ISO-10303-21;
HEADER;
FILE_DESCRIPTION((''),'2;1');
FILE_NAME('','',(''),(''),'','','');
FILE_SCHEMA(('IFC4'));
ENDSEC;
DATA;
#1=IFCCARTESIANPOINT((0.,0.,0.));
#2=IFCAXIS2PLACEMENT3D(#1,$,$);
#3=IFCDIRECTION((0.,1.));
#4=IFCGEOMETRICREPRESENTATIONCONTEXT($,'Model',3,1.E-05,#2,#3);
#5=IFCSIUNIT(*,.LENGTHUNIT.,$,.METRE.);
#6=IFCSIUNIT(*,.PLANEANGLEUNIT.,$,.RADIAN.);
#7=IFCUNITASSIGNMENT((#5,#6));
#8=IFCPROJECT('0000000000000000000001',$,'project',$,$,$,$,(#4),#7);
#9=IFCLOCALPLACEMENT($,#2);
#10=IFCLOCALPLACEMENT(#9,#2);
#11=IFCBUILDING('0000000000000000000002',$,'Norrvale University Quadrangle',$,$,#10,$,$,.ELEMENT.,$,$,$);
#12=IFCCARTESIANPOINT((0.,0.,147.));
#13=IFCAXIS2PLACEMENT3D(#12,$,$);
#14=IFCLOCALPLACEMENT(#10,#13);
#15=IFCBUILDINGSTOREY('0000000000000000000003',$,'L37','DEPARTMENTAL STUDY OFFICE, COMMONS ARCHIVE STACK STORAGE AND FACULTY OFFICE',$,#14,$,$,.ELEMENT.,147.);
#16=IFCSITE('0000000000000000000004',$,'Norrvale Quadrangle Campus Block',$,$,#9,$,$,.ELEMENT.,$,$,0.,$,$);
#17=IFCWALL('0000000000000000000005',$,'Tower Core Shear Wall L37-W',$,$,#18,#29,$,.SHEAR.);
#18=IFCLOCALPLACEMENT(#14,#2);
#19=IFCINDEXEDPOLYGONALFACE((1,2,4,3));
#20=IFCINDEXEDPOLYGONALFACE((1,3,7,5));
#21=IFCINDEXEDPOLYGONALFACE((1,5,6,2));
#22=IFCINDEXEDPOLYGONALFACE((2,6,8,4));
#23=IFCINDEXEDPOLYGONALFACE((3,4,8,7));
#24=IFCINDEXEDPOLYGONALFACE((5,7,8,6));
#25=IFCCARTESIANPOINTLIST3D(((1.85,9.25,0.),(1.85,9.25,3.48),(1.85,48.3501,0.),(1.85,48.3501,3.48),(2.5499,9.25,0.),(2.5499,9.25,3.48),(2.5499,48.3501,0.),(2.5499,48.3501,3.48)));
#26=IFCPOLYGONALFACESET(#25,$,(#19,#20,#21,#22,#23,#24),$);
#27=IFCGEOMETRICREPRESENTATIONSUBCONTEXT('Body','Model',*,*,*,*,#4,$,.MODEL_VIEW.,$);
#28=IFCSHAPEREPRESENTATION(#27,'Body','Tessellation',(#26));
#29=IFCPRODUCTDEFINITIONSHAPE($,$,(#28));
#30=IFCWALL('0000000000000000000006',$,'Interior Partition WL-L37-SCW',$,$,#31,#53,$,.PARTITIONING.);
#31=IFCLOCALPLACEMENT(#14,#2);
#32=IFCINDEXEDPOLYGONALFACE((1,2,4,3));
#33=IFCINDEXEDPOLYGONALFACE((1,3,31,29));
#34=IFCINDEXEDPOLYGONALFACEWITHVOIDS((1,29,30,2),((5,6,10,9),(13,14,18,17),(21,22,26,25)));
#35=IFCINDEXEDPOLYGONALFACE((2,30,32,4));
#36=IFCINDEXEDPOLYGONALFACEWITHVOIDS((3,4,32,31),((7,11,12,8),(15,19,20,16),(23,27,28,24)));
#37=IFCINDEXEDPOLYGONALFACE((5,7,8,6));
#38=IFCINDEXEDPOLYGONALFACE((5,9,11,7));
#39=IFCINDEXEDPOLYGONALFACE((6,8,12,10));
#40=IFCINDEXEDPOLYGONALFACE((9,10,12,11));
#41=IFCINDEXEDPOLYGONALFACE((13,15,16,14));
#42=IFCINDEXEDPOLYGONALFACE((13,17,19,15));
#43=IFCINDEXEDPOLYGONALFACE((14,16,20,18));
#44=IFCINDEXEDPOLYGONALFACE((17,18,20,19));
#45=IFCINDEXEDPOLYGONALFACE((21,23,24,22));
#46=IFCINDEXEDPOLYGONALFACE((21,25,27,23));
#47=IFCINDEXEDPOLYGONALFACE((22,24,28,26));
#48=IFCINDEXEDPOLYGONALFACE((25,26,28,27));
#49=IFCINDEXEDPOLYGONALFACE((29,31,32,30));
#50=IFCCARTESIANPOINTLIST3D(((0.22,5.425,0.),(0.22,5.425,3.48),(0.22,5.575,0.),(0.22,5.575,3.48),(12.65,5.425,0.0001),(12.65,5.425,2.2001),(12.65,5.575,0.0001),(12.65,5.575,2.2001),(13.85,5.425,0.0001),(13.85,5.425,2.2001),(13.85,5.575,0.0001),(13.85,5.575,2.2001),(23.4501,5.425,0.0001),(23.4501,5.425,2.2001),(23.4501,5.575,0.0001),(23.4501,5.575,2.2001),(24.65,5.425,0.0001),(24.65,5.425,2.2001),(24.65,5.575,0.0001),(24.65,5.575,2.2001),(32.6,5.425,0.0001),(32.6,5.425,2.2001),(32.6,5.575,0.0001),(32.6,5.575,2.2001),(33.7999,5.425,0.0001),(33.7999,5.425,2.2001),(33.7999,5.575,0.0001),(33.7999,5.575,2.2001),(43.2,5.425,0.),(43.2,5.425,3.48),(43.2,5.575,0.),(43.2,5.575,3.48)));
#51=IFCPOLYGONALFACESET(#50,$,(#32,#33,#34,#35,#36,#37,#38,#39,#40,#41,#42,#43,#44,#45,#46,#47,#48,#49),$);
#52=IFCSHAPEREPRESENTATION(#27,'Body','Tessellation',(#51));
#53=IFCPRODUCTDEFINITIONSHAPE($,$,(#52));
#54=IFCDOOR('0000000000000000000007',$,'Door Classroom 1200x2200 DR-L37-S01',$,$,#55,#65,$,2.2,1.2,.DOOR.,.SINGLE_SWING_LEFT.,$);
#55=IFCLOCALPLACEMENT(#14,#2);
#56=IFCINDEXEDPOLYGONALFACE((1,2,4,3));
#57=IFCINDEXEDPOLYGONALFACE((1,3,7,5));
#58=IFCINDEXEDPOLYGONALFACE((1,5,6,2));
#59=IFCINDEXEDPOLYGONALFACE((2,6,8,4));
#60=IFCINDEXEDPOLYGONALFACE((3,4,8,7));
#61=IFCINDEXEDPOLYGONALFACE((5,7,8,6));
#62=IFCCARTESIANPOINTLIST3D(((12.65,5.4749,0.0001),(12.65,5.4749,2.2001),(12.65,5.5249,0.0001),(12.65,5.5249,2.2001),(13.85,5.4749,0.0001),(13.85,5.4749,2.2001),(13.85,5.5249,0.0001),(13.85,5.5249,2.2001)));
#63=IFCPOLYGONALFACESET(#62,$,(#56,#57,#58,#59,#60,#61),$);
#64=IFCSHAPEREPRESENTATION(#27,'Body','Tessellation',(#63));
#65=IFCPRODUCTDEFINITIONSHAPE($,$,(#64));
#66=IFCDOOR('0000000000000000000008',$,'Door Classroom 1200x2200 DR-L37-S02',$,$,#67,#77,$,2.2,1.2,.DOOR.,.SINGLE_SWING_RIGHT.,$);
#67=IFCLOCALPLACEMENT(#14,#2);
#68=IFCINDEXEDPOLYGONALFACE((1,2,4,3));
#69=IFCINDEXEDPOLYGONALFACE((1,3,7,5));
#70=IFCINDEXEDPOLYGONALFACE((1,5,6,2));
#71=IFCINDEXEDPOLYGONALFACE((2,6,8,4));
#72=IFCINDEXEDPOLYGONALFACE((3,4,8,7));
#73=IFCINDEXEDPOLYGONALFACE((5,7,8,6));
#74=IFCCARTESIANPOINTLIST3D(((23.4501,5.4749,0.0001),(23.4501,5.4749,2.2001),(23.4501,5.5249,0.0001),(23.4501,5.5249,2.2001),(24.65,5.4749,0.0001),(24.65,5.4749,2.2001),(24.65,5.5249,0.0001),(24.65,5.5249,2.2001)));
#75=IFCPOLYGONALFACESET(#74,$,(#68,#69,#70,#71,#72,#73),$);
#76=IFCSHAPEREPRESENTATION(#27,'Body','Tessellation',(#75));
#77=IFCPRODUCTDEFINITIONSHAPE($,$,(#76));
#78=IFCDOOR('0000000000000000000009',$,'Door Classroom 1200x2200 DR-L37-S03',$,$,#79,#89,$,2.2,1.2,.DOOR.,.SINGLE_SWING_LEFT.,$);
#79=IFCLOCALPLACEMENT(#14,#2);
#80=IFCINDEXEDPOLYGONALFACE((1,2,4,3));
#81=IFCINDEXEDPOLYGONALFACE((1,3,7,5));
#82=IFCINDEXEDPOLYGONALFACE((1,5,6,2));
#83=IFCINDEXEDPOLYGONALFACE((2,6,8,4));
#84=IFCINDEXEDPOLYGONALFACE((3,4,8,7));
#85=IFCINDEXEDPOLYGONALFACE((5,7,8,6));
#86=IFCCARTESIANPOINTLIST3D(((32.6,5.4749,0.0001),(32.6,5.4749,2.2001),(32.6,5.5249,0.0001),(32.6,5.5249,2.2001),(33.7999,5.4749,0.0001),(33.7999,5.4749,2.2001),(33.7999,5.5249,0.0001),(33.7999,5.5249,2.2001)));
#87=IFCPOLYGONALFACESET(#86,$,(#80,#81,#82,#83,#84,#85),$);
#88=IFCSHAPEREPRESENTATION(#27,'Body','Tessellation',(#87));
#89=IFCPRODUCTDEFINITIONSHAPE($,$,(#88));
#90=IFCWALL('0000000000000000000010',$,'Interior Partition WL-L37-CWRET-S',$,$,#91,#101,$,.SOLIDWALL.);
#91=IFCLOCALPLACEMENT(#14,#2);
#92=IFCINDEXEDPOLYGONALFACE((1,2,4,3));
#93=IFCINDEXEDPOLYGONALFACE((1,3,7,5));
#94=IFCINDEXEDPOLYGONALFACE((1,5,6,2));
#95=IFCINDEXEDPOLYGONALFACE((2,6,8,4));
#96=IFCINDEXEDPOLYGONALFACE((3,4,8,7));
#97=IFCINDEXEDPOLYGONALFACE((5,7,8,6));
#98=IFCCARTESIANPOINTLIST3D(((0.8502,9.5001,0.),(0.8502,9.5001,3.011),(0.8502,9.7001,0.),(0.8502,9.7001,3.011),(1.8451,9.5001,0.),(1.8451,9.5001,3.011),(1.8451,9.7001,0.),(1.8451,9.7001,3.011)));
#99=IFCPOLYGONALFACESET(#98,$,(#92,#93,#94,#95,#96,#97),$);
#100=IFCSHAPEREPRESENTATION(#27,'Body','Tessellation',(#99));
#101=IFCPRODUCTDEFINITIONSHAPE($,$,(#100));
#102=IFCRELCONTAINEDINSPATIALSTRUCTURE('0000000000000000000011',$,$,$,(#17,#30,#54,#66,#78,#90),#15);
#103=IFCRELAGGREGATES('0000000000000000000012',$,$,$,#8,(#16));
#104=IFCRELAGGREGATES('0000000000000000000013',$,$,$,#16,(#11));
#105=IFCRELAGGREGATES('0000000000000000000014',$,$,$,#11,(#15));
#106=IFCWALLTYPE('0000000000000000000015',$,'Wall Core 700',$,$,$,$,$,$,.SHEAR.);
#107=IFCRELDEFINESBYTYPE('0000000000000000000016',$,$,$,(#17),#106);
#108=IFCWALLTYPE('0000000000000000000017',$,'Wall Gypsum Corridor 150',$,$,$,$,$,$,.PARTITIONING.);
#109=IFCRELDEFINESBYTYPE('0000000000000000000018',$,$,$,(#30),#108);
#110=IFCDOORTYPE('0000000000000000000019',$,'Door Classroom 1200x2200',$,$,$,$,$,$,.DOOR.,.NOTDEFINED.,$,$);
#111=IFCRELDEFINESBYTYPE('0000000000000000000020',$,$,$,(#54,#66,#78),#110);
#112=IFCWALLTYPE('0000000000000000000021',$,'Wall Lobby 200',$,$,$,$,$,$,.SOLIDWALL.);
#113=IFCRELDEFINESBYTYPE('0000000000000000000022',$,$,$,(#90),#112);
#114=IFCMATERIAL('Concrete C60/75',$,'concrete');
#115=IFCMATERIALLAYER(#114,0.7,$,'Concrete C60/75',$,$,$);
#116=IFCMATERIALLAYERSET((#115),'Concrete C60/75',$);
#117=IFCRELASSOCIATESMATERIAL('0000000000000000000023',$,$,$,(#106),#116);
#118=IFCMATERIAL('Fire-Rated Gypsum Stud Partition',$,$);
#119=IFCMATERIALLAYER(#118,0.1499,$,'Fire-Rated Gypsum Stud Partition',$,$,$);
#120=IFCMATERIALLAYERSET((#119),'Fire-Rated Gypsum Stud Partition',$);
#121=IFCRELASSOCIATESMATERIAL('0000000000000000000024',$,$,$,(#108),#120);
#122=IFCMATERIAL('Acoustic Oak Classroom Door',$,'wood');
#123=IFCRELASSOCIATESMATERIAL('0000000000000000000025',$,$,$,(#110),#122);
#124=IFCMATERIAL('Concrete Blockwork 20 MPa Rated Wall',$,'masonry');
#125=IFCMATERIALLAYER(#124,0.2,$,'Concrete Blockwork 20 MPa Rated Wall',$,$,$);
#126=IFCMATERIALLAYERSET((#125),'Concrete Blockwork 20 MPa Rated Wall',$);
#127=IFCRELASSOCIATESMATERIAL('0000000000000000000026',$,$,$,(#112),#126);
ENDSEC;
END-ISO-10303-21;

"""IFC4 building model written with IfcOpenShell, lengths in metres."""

from ifc_helpers import new_model, si_unit, direction, frame, frame_2d, origin, place, context, subcontext, project, spatial, rectangle, extrude, material, layer, layer_set, type_object, element, fill, save


model = new_model("IFC4")

# Units and contexts
model_context = context("Model", 3, precision=1e-05, world=origin(), true_north=direction((0.0, 1.0)))
body_context = subcontext(model_context, "Body", "Model", "MODEL_VIEW")
ifc_project = project(units=[si_unit("LENGTHUNIT", "METRE"), si_unit("PLANEANGLEUNIT", "RADIAN")], contexts=[model_context])

# Site, building, storey
site_placement = place(None, origin())
site = spatial("IfcSite", under=ifc_project, at=site_placement, Name="Norrvale Quadrangle Campus Block", CompositionType="ELEMENT", RefElevation=0.0)
building_placement = place(site_placement, origin())
building = spatial("IfcBuilding", under=site, at=building_placement, Name="Norrvale University Quadrangle", CompositionType="ELEMENT")
storey_placement = place(building_placement, frame((0.0, 0.0, 147.0)))
storey = spatial("IfcBuildingStorey", under=building, at=storey_placement, Name="L37", Description="DEPARTMENTAL STUDY OFFICE, COMMONS ARCHIVE STACK STORAGE AND FACULTY OFFICE", CompositionType="ELEMENT", Elevation=147.0)

# Shared definitions
ifc_material_1 = material(Name="Concrete C60/75", Category="concrete")

# Wall
ifc_layer_1 = layer(ifc_material_1, 0.7, Name="Concrete C60/75")
ifc_layer_set_1 = layer_set([ifc_layer_1], Name="Concrete C60/75")
wall_type_1 = type_object("IfcWallType", Name="Wall Core 700", PredefinedType="SHEAR", material=ifc_layer_set_1)
wall_1_placement = place(storey_placement, frame((2.2, 9.25, 0.0), z_axis=(0.0, 0.0, 1.0), x_axis=(0.0, 1.0, 0.0)))
element("IfcWall", 1, at=wall_1_placement, inside=storey, type_object=wall_type_1, Name="Tower Core Shear Wall L37-W", PredefinedType="SHEAR", context=body_context, shape_type="SweptSolid", body=[
    extrude(rectangle(XDim=39.1001, YDim=0.7, at=frame_2d((19.55, 0.0))), origin(), (0.0, 0.0, 1.0), 3.48),
])

# Wall, openings, doors
ifc_material_2 = material(Name="Fire-Rated Gypsum Stud Partition")
ifc_layer_2 = layer(ifc_material_2, 0.1499, Name="Fire-Rated Gypsum Stud Partition")
ifc_layer_set_2 = layer_set([ifc_layer_2], Name="Fire-Rated Gypsum Stud Partition")
wall_type_2 = type_object("IfcWallType", Name="Wall Gypsum Corridor 150", PredefinedType="PARTITIONING", material=ifc_layer_set_2)
wall_2_placement = place(storey_placement, frame((0.22, 5.5, 0.0), z_axis=(0.0, 0.0, 1.0), x_axis=(1.0, 0.0, 0.0)))
wall_2 = element("IfcWall", 2, at=wall_2_placement, inside=storey, type_object=wall_type_2, Name="Interior Partition WL-L37-SCW", PredefinedType="PARTITIONING", context=body_context, shape_type="SweptSolid", body=[
    extrude(rectangle(XDim=42.98, YDim=0.1499, at=frame_2d((21.49, 0.0))), origin(), (0.0, 0.0, 1.0), 3.48),
])
opening_1_placement = place(wall_2_placement, frame((12.4299, 0.0, 0.0)))
opening_1 = element("IfcOpeningElement", 3, at=opening_1_placement, cuts=wall_2, PredefinedType="OPENING", context=body_context, shape_type="SweptSolid", body=[
    extrude(rectangle(XDim=1.2, YDim=2.2, at=frame_2d((0.6001, 1.1001))), frame((0.0, 0.0869, 0.0), z_axis=(0.0, -1.0, 0.0), x_axis=(1.0, 0.0, 0.0)), (0.0, 0.0, 1.0), 0.1738),
])
opening_2_placement = place(wall_2_placement, frame((23.23, 0.0, 0.0)))
opening_2 = element("IfcOpeningElement", 4, at=opening_2_placement, cuts=wall_2, PredefinedType="OPENING", context=body_context, shape_type="SweptSolid", body=[
    extrude(rectangle(XDim=1.2, YDim=2.2, at=frame_2d((0.6001, 1.1001))), frame((0.0, 0.0869, 0.0), z_axis=(0.0, -1.0, 0.0), x_axis=(1.0, 0.0, 0.0)), (0.0, 0.0, 1.0), 0.1738),
])
opening_3_placement = place(wall_2_placement, frame((32.3799, 0.0, 0.0)))
opening_3 = element("IfcOpeningElement", 5, at=opening_3_placement, cuts=wall_2, PredefinedType="OPENING", context=body_context, shape_type="SweptSolid", body=[
    extrude(rectangle(XDim=1.2, YDim=2.2, at=frame_2d((0.6001, 1.1001))), frame((0.0, 0.0869, 0.0), z_axis=(0.0, -1.0, 0.0), x_axis=(1.0, 0.0, 0.0)), (0.0, 0.0, 1.0), 0.1738),
])
ifc_material_3 = material(Name="Acoustic Oak Classroom Door", Category="wood")
door_type = type_object("IfcDoorType", Name="Door Classroom 1200x2200", OperationType="NOTDEFINED", PredefinedType="DOOR", material=ifc_material_3)
door_1_placement = place(opening_1_placement, origin())
door_1 = element("IfcDoor", 6, at=door_1_placement, inside=storey, type_object=door_type, Name="Door Classroom 1200x2200 DR-L37-S01", OperationType="SINGLE_SWING_LEFT", OverallHeight=2.2, OverallWidth=1.2, PredefinedType="DOOR", context=body_context, shape_type="SweptSolid", body=[
    extrude(rectangle(XDim=1.2, YDim=2.2, at=frame_2d((0.6001, 1.1001))), frame((0.0, 0.0249, 0.0), z_axis=(0.0, -1.0, 0.0), x_axis=(1.0, 0.0, 0.0)), (0.0, 0.0, 1.0), 0.05),
])
fill(opening_1, door_1)
door_2_placement = place(opening_2_placement, origin())
door_2 = element("IfcDoor", 7, at=door_2_placement, inside=storey, type_object=door_type, Name="Door Classroom 1200x2200 DR-L37-S02", OperationType="SINGLE_SWING_RIGHT", OverallHeight=2.2, OverallWidth=1.2, PredefinedType="DOOR", context=body_context, shape_type="SweptSolid", body=[
    extrude(rectangle(XDim=1.2, YDim=2.2, at=frame_2d((0.6001, 1.1001))), frame((0.0, 0.0249, 0.0), z_axis=(0.0, -1.0, 0.0), x_axis=(1.0, 0.0, 0.0)), (0.0, 0.0, 1.0), 0.05),
])
fill(opening_2, door_2)
door_3_placement = place(opening_3_placement, origin())
door_3 = element("IfcDoor", 8, at=door_3_placement, inside=storey, type_object=door_type, Name="Door Classroom 1200x2200 DR-L37-S03", OperationType="SINGLE_SWING_LEFT", OverallHeight=2.2, OverallWidth=1.2, PredefinedType="DOOR", context=body_context, shape_type="SweptSolid", body=[
    extrude(rectangle(XDim=1.2, YDim=2.2, at=frame_2d((0.6001, 1.1001))), frame((0.0, 0.0249, 0.0), z_axis=(0.0, -1.0, 0.0), x_axis=(1.0, 0.0, 0.0)), (0.0, 0.0, 1.0), 0.05),
])
fill(opening_3, door_3)

# Wall
ifc_material_4 = material(Name="Concrete Blockwork 20 MPa Rated Wall", Category="masonry")
ifc_layer_3 = layer(ifc_material_4, 0.2, Name="Concrete Blockwork 20 MPa Rated Wall")
ifc_layer_set_3 = layer_set([ifc_layer_3], Name="Concrete Blockwork 20 MPa Rated Wall")
wall_type_3 = type_object("IfcWallType", Name="Wall Lobby 200", PredefinedType="SOLIDWALL", material=ifc_layer_set_3)
wall_3_placement = place(storey_placement, frame((0.8501, 9.6001, 0.0), z_axis=(0.0, 0.0, 1.0), x_axis=(1.0, 0.0, 0.0)))
element("IfcWall", 9, at=wall_3_placement, inside=storey, type_object=wall_type_3, Name="Interior Partition WL-L37-CWRET-S", PredefinedType="SOLIDWALL", context=body_context, shape_type="SweptSolid", body=[
    extrude(rectangle(XDim=0.9949, YDim=0.2, at=frame_2d((0.4976, 0.0))), origin(), (0.0, 0.0, 1.0), 3.011),
])

save(model, "model.ifc")
